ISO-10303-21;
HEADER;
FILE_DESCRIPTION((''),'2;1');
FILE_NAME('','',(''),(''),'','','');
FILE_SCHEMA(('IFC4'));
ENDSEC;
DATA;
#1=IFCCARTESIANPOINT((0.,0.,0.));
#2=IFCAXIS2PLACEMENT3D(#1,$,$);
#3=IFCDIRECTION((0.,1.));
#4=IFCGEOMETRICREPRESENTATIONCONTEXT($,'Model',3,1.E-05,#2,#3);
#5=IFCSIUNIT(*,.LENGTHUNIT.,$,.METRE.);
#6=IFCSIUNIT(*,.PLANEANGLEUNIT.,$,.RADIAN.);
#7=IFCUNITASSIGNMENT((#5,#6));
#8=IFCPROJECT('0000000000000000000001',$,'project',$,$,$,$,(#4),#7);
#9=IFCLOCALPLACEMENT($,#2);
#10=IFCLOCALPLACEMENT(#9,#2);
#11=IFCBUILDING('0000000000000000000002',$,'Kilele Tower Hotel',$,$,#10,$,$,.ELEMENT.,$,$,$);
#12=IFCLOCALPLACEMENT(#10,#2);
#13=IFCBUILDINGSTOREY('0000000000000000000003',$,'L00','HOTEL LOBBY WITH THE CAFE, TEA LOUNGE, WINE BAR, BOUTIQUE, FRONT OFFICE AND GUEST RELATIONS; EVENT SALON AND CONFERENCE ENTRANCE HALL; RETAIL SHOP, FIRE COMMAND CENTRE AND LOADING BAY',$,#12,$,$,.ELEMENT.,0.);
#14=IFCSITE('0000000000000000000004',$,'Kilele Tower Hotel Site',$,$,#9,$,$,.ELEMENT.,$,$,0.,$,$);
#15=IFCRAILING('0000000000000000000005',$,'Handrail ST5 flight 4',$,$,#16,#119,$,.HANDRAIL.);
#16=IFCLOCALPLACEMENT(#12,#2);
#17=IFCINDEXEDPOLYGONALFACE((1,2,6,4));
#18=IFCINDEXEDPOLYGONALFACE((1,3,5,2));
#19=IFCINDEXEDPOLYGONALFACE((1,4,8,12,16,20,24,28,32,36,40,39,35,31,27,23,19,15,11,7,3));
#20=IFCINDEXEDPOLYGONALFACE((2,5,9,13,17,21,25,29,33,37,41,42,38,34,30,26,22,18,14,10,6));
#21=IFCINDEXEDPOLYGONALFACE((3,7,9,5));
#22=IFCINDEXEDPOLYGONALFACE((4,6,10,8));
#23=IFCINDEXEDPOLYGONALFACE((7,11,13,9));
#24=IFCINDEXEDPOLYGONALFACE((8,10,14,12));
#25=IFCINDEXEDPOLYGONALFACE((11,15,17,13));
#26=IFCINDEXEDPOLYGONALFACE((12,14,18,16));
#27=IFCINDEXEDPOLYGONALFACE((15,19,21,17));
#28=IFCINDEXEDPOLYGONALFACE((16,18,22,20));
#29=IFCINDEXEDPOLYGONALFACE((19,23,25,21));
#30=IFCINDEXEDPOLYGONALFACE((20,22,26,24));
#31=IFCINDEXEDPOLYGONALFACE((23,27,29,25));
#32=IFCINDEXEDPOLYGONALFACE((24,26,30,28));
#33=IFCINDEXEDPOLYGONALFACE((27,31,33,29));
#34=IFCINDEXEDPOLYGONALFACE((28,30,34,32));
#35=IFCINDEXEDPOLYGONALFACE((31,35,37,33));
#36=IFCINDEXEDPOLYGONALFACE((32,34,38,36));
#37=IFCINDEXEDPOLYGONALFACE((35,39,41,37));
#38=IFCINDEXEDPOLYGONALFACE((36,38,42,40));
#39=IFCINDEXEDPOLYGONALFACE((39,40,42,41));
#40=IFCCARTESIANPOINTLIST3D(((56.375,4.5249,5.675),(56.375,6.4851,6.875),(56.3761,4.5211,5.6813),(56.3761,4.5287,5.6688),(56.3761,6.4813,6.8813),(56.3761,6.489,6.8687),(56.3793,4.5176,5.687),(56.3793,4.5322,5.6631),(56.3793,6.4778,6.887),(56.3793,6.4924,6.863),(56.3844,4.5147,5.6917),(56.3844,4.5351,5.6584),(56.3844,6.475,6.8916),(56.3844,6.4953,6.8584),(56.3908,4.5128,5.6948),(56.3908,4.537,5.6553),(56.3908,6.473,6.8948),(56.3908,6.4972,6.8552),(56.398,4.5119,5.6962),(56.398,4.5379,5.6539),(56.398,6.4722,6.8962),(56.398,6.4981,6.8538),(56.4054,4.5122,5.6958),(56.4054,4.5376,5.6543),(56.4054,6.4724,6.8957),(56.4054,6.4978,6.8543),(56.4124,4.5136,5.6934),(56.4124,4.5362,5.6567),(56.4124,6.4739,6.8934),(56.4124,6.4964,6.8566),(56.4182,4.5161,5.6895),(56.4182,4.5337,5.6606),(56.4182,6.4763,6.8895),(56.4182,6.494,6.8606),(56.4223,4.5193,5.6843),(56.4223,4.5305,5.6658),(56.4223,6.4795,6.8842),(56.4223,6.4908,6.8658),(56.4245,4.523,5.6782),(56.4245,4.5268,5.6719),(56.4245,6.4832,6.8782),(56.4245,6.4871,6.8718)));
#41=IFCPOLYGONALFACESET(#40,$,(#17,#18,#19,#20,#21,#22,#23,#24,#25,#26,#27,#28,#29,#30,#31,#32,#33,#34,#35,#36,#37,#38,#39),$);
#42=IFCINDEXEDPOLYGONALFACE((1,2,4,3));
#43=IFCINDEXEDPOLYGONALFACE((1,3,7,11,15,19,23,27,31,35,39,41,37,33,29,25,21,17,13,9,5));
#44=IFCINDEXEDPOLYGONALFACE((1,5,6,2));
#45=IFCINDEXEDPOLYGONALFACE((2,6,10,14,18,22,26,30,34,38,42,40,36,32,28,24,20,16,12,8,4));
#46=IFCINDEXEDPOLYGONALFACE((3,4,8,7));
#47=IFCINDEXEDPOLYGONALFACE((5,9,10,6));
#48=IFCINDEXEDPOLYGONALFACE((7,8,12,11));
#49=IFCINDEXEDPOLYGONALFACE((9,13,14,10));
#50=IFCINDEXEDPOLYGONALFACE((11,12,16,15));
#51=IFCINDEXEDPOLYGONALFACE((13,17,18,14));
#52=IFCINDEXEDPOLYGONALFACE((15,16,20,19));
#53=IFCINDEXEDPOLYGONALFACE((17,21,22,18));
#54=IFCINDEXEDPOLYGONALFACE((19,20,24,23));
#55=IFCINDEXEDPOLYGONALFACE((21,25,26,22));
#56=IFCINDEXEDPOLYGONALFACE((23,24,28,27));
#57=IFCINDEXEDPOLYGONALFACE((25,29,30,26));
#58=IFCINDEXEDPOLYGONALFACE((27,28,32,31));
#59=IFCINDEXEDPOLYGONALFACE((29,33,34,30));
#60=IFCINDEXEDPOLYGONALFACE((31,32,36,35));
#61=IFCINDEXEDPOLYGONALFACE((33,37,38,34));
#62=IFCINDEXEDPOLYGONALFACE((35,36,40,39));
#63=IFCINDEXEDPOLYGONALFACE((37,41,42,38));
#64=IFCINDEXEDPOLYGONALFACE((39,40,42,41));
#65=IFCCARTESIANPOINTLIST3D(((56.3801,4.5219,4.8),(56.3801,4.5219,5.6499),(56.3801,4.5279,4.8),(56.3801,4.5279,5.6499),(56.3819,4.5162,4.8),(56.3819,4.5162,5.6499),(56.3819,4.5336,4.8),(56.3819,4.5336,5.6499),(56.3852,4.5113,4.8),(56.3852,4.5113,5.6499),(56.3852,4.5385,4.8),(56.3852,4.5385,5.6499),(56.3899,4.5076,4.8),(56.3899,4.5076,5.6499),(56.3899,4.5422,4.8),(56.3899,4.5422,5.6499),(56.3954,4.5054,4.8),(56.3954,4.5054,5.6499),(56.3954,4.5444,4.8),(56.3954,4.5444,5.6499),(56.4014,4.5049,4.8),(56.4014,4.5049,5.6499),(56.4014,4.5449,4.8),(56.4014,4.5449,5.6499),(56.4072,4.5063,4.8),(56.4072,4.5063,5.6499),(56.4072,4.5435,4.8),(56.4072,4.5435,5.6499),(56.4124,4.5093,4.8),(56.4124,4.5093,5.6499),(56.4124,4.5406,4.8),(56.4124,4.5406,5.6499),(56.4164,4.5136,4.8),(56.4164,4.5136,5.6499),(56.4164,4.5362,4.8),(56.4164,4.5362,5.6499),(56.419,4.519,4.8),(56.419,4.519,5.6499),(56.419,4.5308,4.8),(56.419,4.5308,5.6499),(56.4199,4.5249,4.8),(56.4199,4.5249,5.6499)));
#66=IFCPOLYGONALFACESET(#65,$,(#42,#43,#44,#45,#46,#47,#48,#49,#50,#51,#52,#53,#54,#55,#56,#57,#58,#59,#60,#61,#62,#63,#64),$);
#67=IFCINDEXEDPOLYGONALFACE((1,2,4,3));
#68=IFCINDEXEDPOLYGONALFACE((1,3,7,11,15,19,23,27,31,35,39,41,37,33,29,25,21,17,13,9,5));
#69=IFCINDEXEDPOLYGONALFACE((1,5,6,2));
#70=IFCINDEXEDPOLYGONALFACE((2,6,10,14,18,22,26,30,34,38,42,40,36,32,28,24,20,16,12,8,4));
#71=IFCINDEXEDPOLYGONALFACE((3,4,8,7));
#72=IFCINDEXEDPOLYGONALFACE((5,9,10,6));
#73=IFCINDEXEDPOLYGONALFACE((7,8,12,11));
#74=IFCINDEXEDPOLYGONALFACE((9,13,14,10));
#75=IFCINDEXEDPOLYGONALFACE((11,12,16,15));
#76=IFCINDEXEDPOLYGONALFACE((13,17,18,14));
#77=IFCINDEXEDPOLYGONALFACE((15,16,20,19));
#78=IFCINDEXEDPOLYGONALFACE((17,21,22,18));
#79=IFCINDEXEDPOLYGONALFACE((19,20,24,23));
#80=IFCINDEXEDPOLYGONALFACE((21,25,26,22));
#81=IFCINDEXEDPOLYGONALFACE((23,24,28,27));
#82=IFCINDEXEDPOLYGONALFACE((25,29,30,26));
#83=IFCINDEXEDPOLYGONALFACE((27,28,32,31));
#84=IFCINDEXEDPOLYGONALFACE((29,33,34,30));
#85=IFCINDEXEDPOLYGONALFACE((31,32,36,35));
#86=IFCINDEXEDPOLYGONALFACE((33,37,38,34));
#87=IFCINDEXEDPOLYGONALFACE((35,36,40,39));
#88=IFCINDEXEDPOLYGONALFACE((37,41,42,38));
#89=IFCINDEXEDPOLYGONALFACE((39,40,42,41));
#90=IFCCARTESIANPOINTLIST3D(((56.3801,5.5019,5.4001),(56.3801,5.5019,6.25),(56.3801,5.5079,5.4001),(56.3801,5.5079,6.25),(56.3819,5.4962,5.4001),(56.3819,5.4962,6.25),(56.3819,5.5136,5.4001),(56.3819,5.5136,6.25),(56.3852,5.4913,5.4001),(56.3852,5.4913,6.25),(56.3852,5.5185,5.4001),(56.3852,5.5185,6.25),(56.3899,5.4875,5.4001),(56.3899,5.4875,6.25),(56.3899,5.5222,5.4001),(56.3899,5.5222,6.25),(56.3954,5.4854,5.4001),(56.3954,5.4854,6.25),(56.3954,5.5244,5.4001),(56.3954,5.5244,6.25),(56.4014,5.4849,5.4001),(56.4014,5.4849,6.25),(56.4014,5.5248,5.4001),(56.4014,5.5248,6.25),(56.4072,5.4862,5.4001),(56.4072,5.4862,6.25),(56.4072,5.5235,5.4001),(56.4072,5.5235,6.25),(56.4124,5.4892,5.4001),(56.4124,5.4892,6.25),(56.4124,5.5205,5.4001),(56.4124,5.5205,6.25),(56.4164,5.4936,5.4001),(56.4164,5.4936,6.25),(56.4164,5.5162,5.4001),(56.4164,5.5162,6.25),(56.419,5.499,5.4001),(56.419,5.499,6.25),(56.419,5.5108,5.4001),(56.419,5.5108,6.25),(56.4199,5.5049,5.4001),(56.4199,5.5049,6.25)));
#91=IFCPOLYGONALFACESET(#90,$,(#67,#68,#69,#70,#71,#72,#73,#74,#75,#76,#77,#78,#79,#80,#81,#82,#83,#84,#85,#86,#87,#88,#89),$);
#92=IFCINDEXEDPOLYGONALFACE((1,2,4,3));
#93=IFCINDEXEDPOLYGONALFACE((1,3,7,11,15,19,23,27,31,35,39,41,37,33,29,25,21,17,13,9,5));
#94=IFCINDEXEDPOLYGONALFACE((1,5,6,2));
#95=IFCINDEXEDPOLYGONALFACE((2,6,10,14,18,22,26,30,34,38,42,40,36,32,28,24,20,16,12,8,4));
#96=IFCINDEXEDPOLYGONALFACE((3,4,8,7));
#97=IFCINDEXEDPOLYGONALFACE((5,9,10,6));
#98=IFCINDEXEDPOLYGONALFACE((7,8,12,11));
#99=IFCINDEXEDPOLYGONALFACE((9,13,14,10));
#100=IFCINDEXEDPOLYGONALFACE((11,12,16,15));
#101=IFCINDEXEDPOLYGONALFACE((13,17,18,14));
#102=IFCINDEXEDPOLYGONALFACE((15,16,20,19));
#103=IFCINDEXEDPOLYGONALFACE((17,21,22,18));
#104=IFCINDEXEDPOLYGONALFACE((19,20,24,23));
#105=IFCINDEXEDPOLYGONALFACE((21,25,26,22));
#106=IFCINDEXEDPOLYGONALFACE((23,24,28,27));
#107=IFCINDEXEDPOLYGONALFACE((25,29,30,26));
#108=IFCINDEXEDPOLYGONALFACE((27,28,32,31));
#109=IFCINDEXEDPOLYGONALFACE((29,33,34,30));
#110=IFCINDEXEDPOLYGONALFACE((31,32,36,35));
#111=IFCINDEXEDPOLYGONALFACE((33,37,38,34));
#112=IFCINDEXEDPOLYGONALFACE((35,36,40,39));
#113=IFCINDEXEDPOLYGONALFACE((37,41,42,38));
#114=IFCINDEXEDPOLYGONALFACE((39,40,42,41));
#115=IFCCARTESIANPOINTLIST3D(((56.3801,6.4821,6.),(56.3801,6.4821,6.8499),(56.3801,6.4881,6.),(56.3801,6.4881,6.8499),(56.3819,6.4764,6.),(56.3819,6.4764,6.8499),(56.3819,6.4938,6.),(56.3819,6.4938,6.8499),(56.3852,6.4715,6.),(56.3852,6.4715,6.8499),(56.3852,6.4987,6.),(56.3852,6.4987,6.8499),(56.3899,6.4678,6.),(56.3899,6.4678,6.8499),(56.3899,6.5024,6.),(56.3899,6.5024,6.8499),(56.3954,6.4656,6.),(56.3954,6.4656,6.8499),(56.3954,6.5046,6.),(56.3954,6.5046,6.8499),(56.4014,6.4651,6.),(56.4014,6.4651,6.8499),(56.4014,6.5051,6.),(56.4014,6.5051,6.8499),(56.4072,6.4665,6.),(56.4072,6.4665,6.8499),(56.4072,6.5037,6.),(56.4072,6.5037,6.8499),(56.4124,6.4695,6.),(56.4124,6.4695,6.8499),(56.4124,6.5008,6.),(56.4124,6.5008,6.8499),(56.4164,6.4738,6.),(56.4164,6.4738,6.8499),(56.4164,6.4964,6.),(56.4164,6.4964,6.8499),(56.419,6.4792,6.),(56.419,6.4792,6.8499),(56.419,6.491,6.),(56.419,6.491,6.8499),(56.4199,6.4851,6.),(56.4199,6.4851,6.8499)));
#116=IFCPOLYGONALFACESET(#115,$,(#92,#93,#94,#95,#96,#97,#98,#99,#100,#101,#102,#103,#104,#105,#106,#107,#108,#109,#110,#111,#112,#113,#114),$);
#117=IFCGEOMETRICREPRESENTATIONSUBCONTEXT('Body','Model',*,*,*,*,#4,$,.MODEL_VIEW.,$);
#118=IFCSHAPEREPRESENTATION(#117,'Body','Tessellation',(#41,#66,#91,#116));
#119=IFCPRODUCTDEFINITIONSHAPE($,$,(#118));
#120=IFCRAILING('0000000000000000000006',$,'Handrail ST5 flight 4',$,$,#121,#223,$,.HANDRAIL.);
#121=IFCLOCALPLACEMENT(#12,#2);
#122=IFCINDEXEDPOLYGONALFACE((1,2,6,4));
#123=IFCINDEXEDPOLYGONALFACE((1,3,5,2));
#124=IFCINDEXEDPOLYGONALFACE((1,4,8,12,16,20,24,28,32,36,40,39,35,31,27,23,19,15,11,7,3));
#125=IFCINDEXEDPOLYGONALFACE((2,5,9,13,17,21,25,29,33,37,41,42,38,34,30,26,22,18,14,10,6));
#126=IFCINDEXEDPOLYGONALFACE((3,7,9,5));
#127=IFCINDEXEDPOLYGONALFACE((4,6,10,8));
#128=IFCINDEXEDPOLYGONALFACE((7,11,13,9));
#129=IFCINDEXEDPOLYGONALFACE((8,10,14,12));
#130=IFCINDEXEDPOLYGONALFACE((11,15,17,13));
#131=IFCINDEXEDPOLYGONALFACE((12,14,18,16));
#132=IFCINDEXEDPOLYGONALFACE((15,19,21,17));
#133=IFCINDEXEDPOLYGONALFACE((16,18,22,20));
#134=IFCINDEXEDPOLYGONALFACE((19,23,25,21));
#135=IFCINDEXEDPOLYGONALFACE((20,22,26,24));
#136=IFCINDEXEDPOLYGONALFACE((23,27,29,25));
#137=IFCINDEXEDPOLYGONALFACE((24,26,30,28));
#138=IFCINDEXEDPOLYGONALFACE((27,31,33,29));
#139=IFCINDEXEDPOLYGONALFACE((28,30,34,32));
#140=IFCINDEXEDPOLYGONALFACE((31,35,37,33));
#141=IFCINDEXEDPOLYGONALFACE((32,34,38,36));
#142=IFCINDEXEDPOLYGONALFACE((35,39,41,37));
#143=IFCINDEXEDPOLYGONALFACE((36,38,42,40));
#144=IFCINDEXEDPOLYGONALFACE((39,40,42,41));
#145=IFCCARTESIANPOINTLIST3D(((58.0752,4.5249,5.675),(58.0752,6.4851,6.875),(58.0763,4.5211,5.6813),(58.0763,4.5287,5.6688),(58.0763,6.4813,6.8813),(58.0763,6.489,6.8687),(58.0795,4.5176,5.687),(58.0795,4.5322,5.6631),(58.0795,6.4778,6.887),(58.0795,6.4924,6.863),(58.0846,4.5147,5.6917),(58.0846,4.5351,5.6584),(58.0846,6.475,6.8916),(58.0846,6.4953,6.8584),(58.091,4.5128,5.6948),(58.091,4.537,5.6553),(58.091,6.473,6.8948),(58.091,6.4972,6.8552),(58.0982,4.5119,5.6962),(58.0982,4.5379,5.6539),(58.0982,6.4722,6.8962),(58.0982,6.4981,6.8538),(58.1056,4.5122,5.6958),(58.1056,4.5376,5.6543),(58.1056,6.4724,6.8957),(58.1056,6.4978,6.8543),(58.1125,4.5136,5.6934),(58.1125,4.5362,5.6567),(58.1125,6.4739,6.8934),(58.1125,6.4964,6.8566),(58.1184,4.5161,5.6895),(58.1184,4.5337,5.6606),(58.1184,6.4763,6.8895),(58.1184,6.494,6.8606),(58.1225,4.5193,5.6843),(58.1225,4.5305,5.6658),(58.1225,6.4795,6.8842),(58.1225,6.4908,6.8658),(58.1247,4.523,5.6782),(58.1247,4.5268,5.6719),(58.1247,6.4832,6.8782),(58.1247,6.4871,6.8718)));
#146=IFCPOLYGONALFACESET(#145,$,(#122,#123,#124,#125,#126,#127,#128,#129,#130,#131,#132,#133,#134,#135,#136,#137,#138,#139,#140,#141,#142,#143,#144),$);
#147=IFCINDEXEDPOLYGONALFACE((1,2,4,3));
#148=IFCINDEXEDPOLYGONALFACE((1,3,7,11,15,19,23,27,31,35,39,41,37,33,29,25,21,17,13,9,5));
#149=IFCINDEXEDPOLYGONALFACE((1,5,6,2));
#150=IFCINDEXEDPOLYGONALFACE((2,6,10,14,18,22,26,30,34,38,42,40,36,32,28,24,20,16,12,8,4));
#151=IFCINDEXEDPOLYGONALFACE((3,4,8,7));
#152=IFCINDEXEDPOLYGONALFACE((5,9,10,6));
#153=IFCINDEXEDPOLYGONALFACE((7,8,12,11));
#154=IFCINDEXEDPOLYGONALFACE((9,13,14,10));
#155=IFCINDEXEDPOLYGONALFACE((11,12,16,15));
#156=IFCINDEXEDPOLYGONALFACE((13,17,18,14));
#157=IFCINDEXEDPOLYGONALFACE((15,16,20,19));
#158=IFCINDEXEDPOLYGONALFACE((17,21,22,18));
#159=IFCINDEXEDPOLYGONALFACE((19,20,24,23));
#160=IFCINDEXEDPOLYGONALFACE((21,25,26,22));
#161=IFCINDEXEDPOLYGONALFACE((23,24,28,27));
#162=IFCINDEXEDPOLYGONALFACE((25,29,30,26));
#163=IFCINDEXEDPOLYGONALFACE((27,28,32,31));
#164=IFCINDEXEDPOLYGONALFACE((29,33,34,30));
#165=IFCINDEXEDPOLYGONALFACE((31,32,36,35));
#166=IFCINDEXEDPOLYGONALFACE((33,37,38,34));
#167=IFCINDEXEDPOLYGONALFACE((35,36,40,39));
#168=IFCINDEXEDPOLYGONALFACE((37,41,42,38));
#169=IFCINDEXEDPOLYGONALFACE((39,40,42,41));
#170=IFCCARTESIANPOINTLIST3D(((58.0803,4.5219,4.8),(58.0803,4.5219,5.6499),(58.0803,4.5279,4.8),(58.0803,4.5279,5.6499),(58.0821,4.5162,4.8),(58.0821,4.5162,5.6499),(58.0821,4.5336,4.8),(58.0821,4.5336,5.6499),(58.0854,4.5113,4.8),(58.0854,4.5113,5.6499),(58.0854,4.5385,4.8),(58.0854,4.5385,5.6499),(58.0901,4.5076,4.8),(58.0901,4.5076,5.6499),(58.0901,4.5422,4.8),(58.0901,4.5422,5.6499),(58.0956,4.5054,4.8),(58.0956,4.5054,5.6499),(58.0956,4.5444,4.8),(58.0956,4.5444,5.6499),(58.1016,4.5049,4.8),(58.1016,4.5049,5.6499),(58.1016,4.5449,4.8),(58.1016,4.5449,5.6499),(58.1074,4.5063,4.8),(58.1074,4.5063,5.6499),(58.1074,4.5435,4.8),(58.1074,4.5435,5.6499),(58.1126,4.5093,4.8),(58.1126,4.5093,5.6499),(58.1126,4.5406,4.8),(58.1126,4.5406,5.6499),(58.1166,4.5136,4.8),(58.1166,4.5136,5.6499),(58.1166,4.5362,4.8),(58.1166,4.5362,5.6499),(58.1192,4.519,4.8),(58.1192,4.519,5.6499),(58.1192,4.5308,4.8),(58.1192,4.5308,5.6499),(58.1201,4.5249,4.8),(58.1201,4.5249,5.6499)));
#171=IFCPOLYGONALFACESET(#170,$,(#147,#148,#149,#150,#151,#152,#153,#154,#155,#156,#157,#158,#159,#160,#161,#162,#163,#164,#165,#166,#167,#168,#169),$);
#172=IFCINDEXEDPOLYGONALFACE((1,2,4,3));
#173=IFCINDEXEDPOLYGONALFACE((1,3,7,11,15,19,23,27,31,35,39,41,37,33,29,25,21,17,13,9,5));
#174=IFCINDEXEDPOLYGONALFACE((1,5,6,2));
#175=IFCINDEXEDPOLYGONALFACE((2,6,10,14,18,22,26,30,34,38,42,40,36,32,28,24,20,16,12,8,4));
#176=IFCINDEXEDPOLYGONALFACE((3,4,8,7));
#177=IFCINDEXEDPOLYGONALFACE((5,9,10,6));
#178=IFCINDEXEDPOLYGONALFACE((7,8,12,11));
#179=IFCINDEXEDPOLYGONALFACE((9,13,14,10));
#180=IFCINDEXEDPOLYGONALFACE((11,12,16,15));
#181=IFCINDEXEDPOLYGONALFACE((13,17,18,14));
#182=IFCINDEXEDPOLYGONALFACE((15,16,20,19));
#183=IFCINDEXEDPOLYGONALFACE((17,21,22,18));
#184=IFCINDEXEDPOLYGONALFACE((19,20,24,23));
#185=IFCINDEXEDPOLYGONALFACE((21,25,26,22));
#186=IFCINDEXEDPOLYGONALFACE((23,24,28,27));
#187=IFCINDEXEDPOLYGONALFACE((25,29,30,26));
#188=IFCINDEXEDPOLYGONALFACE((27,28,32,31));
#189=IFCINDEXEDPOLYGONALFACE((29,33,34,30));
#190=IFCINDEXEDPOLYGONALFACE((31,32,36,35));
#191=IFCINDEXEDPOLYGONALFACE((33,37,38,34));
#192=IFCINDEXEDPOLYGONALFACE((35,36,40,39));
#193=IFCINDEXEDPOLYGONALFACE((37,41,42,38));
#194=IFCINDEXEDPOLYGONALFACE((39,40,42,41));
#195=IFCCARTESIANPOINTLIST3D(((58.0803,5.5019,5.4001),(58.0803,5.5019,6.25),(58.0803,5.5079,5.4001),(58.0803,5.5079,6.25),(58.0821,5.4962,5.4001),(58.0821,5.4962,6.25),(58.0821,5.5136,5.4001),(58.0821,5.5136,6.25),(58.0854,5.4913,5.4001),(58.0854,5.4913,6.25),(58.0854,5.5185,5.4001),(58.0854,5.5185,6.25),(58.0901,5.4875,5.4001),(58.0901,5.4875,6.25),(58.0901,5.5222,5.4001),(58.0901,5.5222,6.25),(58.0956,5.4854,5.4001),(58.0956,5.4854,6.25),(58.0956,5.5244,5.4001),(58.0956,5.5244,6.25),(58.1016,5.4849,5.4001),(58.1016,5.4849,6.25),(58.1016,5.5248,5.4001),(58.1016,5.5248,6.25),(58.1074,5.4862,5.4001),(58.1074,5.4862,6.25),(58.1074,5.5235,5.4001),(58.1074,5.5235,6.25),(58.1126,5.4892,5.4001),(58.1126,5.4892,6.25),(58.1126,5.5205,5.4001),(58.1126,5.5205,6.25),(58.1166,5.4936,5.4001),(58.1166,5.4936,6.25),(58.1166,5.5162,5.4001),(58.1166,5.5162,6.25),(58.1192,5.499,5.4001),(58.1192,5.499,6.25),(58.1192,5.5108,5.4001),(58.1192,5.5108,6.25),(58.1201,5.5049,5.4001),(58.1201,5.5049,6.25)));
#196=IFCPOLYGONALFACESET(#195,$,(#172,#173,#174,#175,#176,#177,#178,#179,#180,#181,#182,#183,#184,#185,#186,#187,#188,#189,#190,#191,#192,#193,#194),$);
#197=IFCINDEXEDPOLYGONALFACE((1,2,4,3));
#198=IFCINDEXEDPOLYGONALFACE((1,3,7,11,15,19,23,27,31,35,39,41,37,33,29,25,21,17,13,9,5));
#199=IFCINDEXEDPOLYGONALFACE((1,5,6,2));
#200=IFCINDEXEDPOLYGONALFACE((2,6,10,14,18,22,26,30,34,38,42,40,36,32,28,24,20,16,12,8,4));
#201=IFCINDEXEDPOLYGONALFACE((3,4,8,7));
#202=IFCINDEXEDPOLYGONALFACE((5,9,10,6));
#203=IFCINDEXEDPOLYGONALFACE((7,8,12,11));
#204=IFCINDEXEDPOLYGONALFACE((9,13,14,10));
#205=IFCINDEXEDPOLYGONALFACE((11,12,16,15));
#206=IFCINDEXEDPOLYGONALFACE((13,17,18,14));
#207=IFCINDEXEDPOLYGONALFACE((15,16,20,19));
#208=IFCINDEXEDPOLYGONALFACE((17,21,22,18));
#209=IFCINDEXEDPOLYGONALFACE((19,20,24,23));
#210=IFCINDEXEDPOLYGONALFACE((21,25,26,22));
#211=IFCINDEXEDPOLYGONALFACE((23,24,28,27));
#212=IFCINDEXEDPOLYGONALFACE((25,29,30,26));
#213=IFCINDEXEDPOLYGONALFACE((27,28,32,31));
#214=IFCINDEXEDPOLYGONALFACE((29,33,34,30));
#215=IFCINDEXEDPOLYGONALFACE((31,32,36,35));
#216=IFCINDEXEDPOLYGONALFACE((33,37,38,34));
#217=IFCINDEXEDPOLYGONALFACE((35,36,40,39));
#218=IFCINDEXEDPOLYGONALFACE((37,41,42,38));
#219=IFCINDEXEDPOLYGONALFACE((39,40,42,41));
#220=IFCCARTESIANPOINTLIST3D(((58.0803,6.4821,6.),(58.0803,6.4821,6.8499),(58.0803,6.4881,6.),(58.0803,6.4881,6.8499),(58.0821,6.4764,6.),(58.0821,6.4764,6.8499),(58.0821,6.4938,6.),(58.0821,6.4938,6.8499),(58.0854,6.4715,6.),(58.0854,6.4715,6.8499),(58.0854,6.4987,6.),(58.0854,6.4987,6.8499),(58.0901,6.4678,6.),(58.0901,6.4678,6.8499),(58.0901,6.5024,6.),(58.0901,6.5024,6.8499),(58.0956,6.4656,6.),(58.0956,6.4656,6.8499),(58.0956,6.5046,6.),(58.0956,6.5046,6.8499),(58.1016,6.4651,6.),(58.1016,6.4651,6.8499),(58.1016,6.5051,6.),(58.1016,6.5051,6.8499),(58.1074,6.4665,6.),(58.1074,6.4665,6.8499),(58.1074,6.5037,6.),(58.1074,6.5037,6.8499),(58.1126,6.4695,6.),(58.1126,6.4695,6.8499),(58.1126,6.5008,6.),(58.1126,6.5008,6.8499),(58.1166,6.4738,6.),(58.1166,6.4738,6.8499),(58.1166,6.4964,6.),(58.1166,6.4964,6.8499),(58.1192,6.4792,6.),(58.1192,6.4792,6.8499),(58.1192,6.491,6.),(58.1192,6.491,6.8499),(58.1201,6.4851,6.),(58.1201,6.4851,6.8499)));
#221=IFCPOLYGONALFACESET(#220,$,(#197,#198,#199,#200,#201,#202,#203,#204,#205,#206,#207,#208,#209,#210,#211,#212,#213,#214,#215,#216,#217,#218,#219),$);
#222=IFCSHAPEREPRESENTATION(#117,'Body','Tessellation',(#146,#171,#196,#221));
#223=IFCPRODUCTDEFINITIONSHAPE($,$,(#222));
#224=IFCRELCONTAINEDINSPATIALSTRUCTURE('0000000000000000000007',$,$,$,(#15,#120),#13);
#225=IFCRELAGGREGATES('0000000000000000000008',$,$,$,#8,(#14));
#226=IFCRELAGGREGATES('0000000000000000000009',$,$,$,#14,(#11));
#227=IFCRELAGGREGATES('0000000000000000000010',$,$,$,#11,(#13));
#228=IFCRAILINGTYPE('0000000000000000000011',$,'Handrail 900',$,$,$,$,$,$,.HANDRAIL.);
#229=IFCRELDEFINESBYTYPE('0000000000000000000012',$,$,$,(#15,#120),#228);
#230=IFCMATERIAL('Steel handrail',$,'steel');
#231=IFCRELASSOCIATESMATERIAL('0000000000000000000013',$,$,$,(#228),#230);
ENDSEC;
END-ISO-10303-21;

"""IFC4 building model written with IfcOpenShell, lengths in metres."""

from ifc_helpers import new_model, si_unit, direction, frame, origin, origin_2d, place, context, subcontext, project, spatial, circle, extrude, material, type_object, element, save


model = new_model("IFC4")

# Units and contexts
model_context = context("Model", 3, precision=1e-05, world=origin(), true_north=direction((0.0, 1.0)))
body_context = subcontext(model_context, "Body", "Model", "MODEL_VIEW")
ifc_project = project(units=[si_unit("LENGTHUNIT", "METRE"), si_unit("PLANEANGLEUNIT", "RADIAN")], contexts=[model_context])

# Site, building, storey
site_placement = place(None, origin())
site = spatial("IfcSite", under=ifc_project, at=site_placement, Name="Kilele Tower Hotel Site", CompositionType="ELEMENT", RefElevation=0.0)
building_placement = place(site_placement, origin())
building = spatial("IfcBuilding", under=site, at=building_placement, Name="Kilele Tower Hotel", CompositionType="ELEMENT")
storey_placement = place(building_placement, origin())
storey = spatial("IfcBuildingStorey", under=building, at=storey_placement, Name="L00", Description="HOTEL LOBBY WITH THE CAFE, TEA LOUNGE, WINE BAR, BOUTIQUE, FRONT OFFICE AND GUEST RELATIONS; EVENT SALON AND CONFERENCE ENTRANCE HALL; RETAIL SHOP, FIRE COMMAND CENTRE AND LOADING BAY", CompositionType="ELEMENT", Elevation=0.0)

# Railings
ifc_material_1 = material(Name="Steel handrail", Category="steel")
railing_type_1 = type_object("IfcRailingType", Name="Handrail 900", PredefinedType="HANDRAIL", material=ifc_material_1)
for number, where, name in (
    (1, (56.3999, 4.5249, 4.8), "Handrail ST5 flight 4"),
    (2, (58.1001, 4.5249, 4.8), "Handrail ST5 flight 4"),
):
    element("IfcRailing", number, at=place(storey_placement, frame(where)), inside=storey, type_object=railing_type_1, Name=name, PredefinedType="HANDRAIL", context=body_context, shape_type="SweptSolid", body=[
        extrude(circle(Radius=0.0249, at=origin_2d()), frame((0.0, 0.0, 0.875), z_axis=(0.0, 0.852885, 0.522099), x_axis=(-1.0, 0.0, 0.0)), (0.0, 0.0, 1.0), 2.2983),
        extrude(circle(Radius=0.02, at=origin_2d()), origin(), (0.0, 0.0, 1.0), 0.8499),
        extrude(circle(Radius=0.02, at=origin_2d()), frame((0.0, 0.98, 0.6001)), (0.0, 0.0, 1.0), 0.8499),
        extrude(circle(Radius=0.02, at=origin_2d()), frame((0.0, 1.9602, 1.2)), (0.0, 0.0, 1.0), 0.8499),
    ])

save(model, "model.ifc")
